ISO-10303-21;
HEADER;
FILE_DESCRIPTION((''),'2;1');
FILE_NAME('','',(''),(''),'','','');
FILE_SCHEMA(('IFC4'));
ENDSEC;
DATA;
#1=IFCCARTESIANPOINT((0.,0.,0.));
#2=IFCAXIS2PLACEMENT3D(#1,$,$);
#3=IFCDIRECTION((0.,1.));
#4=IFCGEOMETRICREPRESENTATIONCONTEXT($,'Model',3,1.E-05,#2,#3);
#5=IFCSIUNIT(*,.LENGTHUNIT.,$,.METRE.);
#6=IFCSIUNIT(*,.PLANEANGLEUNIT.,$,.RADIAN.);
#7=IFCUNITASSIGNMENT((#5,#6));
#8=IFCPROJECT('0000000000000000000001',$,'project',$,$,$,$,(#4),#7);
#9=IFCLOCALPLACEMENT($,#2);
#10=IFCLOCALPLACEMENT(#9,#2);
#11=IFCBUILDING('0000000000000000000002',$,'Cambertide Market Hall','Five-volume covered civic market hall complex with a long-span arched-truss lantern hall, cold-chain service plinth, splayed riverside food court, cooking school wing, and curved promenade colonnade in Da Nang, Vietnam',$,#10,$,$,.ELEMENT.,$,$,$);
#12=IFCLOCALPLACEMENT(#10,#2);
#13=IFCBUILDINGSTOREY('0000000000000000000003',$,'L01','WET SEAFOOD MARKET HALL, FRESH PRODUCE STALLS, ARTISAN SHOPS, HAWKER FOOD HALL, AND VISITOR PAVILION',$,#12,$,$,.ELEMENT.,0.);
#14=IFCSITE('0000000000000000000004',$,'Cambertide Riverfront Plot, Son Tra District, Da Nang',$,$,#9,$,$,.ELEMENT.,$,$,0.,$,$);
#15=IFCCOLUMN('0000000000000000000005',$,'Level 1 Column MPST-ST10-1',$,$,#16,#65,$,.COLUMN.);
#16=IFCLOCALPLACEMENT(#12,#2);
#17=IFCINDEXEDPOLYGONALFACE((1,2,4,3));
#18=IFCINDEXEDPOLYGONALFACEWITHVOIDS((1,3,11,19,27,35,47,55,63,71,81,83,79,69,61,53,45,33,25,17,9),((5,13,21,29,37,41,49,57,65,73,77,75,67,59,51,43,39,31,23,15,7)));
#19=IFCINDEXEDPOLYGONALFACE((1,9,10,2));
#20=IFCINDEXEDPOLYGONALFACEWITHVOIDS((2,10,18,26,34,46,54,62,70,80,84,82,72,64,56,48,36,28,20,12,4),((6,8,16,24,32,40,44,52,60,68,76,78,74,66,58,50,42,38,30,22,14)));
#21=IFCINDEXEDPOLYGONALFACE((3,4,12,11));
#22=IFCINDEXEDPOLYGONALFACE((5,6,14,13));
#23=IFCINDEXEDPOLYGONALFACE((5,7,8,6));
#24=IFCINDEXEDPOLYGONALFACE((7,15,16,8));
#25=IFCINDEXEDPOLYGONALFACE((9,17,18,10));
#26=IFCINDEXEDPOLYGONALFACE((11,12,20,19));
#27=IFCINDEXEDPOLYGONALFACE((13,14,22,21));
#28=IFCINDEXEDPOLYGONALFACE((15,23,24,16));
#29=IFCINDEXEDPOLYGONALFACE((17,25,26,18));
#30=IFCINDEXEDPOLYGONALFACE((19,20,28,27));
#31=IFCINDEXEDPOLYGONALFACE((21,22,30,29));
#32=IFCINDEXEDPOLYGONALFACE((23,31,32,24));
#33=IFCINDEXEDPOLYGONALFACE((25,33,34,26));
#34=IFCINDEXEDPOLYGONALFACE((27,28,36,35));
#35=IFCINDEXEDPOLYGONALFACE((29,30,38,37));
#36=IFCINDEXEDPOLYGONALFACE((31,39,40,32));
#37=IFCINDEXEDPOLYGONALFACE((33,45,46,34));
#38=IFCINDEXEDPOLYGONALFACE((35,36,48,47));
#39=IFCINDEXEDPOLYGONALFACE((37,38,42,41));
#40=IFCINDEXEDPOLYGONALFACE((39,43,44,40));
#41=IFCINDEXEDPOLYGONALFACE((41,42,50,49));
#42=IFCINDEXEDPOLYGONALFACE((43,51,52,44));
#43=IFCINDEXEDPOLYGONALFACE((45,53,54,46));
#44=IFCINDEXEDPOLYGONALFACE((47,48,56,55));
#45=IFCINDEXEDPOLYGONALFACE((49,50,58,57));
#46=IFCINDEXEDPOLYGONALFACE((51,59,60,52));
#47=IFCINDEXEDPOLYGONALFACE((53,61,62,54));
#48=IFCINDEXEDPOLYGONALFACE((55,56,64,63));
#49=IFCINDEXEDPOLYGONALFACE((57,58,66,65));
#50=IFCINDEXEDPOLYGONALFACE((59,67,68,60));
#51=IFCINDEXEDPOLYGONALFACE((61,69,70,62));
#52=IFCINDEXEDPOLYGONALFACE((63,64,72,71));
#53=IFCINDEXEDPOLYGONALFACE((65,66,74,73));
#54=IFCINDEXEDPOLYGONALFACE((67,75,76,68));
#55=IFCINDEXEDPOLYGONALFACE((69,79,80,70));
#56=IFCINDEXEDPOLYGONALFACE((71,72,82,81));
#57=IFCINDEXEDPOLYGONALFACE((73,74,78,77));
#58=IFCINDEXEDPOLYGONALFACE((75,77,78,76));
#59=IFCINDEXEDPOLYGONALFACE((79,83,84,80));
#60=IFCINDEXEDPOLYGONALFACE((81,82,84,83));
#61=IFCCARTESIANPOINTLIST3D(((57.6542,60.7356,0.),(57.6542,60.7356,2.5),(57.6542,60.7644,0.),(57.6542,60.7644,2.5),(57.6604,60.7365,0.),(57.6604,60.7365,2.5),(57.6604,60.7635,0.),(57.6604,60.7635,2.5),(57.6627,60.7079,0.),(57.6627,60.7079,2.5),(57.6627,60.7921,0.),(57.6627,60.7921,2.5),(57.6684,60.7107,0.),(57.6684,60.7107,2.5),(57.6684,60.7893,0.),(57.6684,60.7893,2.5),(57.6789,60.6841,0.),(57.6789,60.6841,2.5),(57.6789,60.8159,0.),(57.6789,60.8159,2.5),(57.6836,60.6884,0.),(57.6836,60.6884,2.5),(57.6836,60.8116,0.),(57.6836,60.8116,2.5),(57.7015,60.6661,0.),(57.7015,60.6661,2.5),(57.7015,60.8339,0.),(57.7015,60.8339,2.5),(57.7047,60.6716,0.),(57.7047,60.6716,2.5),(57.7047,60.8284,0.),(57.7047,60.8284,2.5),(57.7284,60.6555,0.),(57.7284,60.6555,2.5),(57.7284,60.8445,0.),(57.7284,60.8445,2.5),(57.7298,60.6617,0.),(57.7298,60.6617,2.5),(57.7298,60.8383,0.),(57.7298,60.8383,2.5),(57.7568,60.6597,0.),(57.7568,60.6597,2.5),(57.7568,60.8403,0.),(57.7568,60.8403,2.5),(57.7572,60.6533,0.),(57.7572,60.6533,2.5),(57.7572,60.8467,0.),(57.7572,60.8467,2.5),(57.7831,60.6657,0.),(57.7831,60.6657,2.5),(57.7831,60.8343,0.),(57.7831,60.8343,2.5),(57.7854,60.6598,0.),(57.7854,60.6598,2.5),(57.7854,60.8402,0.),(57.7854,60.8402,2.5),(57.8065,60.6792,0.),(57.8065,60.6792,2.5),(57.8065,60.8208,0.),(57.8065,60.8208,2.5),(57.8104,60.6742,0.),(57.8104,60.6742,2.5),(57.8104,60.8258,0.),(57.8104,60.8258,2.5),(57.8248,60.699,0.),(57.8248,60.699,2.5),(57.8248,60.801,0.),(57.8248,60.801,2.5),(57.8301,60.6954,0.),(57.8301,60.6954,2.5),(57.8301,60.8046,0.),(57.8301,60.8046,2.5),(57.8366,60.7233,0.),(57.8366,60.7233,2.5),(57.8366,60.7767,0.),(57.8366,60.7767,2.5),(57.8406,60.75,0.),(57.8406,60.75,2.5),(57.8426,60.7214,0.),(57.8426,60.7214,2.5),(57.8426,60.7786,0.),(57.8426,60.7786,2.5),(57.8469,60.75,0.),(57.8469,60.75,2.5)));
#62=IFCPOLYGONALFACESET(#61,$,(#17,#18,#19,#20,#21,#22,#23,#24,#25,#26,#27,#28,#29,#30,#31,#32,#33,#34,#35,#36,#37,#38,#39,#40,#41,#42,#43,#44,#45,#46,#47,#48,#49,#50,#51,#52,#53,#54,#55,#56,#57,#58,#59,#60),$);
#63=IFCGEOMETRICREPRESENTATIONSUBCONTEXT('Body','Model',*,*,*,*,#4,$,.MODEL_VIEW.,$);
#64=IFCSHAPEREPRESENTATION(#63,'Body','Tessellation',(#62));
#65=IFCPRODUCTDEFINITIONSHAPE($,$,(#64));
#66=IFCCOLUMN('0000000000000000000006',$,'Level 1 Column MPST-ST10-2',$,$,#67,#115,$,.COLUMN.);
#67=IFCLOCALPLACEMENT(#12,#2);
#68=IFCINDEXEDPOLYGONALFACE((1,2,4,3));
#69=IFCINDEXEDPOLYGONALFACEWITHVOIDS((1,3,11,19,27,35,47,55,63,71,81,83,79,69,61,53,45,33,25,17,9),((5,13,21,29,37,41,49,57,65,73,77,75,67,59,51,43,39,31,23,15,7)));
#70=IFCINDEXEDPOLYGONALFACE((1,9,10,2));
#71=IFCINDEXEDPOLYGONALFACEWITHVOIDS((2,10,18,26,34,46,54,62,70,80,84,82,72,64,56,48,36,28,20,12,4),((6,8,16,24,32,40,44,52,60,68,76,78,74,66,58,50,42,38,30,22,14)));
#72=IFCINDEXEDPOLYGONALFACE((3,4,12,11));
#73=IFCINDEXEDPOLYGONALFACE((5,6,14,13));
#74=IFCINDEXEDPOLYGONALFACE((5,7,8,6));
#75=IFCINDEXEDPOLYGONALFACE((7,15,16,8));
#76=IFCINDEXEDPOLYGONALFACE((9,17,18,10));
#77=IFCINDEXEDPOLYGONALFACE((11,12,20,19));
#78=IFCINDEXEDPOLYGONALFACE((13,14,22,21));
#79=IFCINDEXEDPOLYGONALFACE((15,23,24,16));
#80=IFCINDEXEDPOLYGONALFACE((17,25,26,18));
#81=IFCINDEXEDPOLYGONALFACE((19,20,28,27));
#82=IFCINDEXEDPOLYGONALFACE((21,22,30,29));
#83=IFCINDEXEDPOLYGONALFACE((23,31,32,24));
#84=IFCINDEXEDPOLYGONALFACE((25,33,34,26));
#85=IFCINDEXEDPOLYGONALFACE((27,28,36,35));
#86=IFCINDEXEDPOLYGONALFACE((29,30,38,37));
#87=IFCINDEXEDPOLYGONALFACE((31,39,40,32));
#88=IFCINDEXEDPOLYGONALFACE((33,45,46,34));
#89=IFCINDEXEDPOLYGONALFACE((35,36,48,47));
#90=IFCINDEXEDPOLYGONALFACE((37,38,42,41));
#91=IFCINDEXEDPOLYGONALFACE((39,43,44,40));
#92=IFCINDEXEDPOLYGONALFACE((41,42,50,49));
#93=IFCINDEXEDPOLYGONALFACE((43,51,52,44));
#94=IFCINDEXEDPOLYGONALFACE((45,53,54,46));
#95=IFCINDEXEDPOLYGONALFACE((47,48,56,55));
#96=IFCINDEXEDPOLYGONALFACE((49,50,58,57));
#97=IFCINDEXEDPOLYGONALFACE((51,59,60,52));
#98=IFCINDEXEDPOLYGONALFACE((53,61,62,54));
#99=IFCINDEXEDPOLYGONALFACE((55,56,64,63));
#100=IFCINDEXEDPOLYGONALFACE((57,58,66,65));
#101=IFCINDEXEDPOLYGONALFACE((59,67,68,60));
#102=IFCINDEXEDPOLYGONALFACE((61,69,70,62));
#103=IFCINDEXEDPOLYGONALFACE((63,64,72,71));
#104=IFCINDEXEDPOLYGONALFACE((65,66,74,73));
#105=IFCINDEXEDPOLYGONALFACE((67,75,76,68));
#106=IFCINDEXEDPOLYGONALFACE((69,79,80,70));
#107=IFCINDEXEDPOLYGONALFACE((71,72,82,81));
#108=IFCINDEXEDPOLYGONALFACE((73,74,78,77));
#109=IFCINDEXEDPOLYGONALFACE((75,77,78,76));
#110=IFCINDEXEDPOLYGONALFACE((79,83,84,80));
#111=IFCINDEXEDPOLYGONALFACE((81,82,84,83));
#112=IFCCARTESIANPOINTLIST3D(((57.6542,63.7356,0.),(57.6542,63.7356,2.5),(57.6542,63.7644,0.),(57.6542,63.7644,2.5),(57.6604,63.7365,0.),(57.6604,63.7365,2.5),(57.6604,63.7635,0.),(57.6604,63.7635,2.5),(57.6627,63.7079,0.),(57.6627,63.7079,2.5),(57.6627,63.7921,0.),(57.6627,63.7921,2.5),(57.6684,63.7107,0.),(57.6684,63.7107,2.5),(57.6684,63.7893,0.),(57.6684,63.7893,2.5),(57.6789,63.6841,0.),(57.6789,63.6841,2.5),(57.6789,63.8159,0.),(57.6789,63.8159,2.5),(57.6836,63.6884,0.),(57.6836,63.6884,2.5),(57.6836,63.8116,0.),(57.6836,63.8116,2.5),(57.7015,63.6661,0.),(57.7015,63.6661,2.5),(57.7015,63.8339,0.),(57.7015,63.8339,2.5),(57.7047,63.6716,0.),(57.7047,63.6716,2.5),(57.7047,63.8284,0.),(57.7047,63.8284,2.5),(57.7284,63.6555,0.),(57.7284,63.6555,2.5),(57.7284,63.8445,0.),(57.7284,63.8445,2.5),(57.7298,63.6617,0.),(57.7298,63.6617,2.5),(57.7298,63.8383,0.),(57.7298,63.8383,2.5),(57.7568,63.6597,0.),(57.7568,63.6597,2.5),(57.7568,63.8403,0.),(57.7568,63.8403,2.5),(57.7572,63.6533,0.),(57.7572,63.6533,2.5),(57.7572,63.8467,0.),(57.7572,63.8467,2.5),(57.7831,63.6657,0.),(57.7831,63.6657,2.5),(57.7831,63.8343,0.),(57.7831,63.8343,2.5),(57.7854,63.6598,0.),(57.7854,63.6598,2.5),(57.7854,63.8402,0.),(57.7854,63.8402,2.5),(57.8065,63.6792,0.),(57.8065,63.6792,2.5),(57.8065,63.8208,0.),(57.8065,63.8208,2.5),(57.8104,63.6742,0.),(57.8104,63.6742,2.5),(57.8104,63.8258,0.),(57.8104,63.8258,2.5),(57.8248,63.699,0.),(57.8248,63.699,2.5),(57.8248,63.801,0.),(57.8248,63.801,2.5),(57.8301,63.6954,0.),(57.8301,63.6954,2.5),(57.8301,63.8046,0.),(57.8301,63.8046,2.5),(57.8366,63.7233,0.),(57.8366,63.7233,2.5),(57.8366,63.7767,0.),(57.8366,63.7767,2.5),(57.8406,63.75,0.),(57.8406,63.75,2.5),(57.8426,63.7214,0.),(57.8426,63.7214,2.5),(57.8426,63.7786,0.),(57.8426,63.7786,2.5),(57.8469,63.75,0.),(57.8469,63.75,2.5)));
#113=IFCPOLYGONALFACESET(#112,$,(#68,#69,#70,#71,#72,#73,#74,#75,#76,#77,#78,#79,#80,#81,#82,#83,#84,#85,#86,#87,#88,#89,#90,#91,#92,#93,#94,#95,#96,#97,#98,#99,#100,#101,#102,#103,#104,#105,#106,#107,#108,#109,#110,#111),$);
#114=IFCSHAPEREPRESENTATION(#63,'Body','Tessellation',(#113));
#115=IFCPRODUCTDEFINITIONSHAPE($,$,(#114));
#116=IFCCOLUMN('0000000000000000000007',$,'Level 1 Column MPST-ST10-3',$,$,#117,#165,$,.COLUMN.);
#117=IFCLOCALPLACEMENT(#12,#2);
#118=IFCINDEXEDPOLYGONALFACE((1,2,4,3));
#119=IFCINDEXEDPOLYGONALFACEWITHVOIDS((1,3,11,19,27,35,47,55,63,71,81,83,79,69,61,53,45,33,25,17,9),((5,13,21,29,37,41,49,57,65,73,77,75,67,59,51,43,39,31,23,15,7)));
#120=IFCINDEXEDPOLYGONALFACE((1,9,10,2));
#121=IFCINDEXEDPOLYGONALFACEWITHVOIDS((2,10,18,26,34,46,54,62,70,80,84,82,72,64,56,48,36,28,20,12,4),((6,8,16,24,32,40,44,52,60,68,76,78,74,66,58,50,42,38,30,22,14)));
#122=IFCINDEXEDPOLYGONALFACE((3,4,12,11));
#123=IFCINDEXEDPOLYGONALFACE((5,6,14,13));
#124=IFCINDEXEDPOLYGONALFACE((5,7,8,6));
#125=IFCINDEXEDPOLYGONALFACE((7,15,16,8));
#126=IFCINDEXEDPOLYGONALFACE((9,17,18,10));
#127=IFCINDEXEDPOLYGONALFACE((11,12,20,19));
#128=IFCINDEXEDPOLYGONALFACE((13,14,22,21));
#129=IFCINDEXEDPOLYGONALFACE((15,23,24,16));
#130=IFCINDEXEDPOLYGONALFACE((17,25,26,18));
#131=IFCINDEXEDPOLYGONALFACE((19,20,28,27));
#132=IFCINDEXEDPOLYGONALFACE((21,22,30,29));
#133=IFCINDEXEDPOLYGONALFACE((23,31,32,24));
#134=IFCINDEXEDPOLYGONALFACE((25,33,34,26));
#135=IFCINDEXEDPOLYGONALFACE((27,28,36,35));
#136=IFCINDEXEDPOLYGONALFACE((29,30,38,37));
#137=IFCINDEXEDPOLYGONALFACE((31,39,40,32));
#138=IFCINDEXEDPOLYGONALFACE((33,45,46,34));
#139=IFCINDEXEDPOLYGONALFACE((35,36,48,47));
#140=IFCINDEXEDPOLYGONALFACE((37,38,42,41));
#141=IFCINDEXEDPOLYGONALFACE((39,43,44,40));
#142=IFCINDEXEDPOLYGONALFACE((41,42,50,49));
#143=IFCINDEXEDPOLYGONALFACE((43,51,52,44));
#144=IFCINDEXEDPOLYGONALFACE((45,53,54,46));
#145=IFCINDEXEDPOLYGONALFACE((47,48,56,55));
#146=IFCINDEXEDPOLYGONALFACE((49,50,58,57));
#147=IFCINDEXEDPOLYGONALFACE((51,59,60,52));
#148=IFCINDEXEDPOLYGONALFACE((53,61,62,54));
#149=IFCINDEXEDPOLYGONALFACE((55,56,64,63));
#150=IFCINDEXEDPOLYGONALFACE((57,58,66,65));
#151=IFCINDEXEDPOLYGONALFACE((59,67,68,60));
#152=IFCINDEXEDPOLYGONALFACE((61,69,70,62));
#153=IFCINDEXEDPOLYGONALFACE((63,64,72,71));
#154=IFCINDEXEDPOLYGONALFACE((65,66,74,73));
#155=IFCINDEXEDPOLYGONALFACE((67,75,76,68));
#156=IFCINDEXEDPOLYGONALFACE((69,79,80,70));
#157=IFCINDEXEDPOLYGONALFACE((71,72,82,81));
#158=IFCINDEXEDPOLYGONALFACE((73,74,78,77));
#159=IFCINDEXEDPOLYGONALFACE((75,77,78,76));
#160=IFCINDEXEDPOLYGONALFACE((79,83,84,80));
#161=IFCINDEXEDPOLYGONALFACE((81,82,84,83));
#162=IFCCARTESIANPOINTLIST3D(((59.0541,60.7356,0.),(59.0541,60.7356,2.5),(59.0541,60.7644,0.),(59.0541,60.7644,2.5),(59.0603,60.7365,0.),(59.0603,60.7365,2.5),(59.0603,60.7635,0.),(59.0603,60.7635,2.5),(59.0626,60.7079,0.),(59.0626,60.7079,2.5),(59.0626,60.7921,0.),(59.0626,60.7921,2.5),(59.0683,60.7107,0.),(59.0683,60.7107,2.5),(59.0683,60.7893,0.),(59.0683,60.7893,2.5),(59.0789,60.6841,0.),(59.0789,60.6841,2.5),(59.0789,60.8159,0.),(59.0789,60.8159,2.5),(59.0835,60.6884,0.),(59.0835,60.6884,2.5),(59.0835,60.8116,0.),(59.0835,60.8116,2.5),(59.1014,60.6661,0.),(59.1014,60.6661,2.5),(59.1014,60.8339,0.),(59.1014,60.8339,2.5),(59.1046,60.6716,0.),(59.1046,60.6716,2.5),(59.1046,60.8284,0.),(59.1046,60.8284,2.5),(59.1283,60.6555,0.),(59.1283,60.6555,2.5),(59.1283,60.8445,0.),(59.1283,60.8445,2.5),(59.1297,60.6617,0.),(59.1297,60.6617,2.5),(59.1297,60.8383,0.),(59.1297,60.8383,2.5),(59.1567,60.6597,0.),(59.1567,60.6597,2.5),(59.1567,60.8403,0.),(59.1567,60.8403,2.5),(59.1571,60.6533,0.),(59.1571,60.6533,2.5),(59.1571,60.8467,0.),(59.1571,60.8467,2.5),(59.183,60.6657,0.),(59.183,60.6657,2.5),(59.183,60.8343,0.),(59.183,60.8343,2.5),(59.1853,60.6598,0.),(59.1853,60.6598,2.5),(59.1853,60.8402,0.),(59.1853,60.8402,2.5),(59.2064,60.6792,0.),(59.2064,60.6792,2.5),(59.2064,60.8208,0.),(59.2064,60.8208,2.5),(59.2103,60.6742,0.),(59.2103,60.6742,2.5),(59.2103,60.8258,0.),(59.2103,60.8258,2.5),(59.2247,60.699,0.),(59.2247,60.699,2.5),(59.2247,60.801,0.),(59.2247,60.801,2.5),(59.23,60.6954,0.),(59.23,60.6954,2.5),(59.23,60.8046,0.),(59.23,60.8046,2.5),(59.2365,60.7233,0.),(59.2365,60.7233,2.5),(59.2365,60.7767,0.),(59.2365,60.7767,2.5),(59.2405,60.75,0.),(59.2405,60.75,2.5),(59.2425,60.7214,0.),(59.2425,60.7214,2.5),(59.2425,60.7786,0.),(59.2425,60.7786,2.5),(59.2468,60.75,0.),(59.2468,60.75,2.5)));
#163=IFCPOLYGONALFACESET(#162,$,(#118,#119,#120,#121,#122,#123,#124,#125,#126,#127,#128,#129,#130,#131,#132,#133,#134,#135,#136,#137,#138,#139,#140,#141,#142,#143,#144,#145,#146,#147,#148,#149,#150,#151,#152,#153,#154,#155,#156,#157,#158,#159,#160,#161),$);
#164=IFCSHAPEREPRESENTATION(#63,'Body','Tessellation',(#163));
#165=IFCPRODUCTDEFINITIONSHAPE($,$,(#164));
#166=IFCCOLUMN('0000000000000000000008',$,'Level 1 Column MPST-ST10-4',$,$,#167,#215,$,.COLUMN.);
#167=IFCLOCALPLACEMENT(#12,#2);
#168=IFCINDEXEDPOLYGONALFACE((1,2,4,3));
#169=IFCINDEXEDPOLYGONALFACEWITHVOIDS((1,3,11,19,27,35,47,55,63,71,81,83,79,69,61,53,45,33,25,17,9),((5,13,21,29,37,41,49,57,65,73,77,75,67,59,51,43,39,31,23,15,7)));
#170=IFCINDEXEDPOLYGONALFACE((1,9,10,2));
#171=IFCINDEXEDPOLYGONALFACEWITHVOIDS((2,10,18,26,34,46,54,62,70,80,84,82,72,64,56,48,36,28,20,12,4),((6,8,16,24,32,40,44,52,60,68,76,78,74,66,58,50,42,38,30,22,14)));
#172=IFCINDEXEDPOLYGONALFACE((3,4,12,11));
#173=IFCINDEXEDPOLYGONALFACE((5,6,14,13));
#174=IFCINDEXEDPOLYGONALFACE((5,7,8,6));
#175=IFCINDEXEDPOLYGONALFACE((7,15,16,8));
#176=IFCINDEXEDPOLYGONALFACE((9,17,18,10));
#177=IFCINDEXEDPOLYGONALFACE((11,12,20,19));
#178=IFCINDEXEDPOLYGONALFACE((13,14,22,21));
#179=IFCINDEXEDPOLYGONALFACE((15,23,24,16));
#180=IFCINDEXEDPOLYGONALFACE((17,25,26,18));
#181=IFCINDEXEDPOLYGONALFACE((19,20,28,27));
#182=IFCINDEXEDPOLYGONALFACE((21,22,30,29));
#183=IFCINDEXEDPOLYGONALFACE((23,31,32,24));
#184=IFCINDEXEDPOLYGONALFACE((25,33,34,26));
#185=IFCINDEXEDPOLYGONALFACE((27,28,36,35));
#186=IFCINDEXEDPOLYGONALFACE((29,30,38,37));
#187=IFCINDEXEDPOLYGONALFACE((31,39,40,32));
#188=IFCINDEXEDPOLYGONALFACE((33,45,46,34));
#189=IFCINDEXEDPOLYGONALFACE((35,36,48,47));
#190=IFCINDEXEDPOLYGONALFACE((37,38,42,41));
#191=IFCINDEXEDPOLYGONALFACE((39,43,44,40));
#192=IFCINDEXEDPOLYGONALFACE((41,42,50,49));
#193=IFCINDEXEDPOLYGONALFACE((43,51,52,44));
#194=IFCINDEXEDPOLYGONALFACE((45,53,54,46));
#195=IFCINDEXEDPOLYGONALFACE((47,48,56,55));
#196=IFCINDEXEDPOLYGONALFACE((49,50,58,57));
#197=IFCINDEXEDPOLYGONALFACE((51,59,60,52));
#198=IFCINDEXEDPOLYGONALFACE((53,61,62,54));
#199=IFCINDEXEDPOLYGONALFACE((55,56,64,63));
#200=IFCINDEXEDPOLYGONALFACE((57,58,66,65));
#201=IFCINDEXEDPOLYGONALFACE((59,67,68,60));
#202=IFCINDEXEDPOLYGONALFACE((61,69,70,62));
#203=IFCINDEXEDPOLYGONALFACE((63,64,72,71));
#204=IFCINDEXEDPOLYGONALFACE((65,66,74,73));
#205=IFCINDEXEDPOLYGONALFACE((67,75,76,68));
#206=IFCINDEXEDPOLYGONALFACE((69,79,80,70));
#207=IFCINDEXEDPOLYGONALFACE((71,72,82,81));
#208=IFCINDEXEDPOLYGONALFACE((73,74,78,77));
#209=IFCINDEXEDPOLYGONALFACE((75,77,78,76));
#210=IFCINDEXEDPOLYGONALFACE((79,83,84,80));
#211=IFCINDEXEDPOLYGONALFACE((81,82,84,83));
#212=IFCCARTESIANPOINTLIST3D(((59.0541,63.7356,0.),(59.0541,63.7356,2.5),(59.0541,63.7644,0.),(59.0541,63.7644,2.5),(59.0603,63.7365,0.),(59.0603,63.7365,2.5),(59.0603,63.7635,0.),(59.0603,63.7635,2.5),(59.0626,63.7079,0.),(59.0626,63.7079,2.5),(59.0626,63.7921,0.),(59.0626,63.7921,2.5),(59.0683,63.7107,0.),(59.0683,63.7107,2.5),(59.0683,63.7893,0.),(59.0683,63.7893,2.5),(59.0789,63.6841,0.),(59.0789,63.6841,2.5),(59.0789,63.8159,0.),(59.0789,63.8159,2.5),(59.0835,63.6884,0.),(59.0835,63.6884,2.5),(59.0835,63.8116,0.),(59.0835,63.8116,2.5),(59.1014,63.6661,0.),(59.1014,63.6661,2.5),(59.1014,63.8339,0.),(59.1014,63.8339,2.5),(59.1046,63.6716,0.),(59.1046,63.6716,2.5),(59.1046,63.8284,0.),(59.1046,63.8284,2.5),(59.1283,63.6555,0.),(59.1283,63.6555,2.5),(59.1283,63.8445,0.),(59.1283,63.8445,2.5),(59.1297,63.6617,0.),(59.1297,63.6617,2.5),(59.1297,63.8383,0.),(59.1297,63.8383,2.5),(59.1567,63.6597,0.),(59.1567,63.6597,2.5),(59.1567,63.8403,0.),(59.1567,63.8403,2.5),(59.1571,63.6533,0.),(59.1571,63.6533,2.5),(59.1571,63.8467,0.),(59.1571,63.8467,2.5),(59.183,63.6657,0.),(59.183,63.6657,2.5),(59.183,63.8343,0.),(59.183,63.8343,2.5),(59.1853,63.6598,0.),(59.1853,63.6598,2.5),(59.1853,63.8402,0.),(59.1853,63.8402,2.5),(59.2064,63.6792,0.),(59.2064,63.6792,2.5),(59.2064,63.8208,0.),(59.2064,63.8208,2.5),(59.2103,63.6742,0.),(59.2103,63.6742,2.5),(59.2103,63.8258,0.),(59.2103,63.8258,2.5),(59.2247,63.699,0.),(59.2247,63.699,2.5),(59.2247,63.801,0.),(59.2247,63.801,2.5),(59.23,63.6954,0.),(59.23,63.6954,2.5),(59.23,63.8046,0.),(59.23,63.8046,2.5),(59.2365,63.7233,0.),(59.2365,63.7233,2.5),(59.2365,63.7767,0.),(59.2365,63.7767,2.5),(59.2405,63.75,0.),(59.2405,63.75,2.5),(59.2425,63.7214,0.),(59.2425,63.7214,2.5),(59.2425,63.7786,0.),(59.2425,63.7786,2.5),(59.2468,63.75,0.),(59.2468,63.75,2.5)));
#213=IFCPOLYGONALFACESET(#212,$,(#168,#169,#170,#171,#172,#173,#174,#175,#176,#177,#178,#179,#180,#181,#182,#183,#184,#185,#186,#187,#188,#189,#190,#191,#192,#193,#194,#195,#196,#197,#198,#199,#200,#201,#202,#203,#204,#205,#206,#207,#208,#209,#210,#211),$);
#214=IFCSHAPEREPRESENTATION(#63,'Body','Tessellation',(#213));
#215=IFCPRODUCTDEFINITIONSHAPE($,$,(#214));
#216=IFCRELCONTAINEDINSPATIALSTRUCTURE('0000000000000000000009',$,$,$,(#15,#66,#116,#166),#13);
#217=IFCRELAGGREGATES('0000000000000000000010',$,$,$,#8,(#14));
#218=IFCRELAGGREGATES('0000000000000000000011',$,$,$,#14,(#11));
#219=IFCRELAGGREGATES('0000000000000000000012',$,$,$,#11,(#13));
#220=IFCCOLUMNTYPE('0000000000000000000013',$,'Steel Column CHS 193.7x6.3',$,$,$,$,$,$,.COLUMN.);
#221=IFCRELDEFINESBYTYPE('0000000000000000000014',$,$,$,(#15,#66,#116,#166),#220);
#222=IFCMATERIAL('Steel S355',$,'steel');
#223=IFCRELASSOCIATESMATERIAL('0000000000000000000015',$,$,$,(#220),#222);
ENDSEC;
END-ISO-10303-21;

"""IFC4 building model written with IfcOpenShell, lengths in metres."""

from ifc_helpers import new_model, si_unit, direction, frame, origin, origin_2d, place, context, subcontext, project, spatial, hollow_circle, extrude, material, material_profile, profile_set, type_object, element, save


model = new_model("IFC4")

# Units and contexts
model_context = context("Model", 3, precision=1e-05, world=origin(), true_north=direction((0.0, 1.0)))
body_context = subcontext(model_context, "Body", "Model", "MODEL_VIEW")
ifc_project = project(units=[si_unit("LENGTHUNIT", "METRE"), si_unit("PLANEANGLEUNIT", "RADIAN")], contexts=[model_context])

# Site, building, storey
site_placement = place(None, origin())
site = spatial("IfcSite", under=ifc_project, at=site_placement, Name="Cambertide Riverfront Plot, Son Tra District, Da Nang", CompositionType="ELEMENT", RefElevation=0.0)
building_placement = place(site_placement, origin())
building = spatial("IfcBuilding", under=site, at=building_placement, Name="Cambertide Market Hall", Description="Five-volume covered civic market hall complex with a long-span arched-truss lantern hall, cold-chain service plinth, splayed riverside food court, cooking school wing, and curved promenade colonnade in Da Nang, Vietnam", CompositionType="ELEMENT")
storey_placement = place(building_placement, origin())
storey = spatial("IfcBuildingStorey", under=building, at=storey_placement, Name="L01", Description="WET SEAFOOD MARKET HALL, FRESH PRODUCE STALLS, ARTISAN SHOPS, HAWKER FOOD HALL, AND VISITOR PAVILION", CompositionType="ELEMENT", Elevation=0.0)

# Columns
ifc_material_1 = material(Name="Steel S355", Category="steel")
ifc_material_profile_1 = material_profile(ifc_material_1, hollow_circle(Radius=0.0969, WallThickness=0.0063, at=origin_2d()), Name="CHS 193.7x6.3")
ifc_profile_set_1 = profile_set([ifc_material_profile_1], Name="Steel S355")
column_type_1 = type_object("IfcColumnType", Name="Steel Column CHS 193.7x6.3", PredefinedType="COLUMN", material=ifc_profile_set_1)
for number, where, z_axis, x_axis, name in (
    (1, (57.75, 60.75, 0.0), (0.0, 0.0, 1.0), (1.0, 0.0, 0.0), "Level 1 Column MPST-ST10-1"),
    (2, (57.75, 63.75, 0.0), (0.0, 0.0, 1.0), (1.0, 0.0, 0.0), "Level 1 Column MPST-ST10-2"),
    (3, (59.1499, 60.75, 0.0), (0.0, 0.0, 1.0), (1.0, 0.0, 0.0), "Level 1 Column MPST-ST10-3"),
    (4, (59.1499, 63.75, 0.0), (0.0, 0.0, 1.0), (1.0, 0.0, 0.0), "Level 1 Column MPST-ST10-4"),
):
    element("IfcColumn", number, at=place(storey_placement, frame(where, z_axis=z_axis, x_axis=x_axis)), inside=storey, type_object=column_type_1, Name=name, PredefinedType="COLUMN", context=body_context, shape_type="SweptSolid", body=[
        extrude(hollow_circle(Radius=0.0969, WallThickness=0.0063, at=origin_2d()), origin(), (0.0, 0.0, 1.0), 2.5),
    ])

save(model, "model.ifc")
